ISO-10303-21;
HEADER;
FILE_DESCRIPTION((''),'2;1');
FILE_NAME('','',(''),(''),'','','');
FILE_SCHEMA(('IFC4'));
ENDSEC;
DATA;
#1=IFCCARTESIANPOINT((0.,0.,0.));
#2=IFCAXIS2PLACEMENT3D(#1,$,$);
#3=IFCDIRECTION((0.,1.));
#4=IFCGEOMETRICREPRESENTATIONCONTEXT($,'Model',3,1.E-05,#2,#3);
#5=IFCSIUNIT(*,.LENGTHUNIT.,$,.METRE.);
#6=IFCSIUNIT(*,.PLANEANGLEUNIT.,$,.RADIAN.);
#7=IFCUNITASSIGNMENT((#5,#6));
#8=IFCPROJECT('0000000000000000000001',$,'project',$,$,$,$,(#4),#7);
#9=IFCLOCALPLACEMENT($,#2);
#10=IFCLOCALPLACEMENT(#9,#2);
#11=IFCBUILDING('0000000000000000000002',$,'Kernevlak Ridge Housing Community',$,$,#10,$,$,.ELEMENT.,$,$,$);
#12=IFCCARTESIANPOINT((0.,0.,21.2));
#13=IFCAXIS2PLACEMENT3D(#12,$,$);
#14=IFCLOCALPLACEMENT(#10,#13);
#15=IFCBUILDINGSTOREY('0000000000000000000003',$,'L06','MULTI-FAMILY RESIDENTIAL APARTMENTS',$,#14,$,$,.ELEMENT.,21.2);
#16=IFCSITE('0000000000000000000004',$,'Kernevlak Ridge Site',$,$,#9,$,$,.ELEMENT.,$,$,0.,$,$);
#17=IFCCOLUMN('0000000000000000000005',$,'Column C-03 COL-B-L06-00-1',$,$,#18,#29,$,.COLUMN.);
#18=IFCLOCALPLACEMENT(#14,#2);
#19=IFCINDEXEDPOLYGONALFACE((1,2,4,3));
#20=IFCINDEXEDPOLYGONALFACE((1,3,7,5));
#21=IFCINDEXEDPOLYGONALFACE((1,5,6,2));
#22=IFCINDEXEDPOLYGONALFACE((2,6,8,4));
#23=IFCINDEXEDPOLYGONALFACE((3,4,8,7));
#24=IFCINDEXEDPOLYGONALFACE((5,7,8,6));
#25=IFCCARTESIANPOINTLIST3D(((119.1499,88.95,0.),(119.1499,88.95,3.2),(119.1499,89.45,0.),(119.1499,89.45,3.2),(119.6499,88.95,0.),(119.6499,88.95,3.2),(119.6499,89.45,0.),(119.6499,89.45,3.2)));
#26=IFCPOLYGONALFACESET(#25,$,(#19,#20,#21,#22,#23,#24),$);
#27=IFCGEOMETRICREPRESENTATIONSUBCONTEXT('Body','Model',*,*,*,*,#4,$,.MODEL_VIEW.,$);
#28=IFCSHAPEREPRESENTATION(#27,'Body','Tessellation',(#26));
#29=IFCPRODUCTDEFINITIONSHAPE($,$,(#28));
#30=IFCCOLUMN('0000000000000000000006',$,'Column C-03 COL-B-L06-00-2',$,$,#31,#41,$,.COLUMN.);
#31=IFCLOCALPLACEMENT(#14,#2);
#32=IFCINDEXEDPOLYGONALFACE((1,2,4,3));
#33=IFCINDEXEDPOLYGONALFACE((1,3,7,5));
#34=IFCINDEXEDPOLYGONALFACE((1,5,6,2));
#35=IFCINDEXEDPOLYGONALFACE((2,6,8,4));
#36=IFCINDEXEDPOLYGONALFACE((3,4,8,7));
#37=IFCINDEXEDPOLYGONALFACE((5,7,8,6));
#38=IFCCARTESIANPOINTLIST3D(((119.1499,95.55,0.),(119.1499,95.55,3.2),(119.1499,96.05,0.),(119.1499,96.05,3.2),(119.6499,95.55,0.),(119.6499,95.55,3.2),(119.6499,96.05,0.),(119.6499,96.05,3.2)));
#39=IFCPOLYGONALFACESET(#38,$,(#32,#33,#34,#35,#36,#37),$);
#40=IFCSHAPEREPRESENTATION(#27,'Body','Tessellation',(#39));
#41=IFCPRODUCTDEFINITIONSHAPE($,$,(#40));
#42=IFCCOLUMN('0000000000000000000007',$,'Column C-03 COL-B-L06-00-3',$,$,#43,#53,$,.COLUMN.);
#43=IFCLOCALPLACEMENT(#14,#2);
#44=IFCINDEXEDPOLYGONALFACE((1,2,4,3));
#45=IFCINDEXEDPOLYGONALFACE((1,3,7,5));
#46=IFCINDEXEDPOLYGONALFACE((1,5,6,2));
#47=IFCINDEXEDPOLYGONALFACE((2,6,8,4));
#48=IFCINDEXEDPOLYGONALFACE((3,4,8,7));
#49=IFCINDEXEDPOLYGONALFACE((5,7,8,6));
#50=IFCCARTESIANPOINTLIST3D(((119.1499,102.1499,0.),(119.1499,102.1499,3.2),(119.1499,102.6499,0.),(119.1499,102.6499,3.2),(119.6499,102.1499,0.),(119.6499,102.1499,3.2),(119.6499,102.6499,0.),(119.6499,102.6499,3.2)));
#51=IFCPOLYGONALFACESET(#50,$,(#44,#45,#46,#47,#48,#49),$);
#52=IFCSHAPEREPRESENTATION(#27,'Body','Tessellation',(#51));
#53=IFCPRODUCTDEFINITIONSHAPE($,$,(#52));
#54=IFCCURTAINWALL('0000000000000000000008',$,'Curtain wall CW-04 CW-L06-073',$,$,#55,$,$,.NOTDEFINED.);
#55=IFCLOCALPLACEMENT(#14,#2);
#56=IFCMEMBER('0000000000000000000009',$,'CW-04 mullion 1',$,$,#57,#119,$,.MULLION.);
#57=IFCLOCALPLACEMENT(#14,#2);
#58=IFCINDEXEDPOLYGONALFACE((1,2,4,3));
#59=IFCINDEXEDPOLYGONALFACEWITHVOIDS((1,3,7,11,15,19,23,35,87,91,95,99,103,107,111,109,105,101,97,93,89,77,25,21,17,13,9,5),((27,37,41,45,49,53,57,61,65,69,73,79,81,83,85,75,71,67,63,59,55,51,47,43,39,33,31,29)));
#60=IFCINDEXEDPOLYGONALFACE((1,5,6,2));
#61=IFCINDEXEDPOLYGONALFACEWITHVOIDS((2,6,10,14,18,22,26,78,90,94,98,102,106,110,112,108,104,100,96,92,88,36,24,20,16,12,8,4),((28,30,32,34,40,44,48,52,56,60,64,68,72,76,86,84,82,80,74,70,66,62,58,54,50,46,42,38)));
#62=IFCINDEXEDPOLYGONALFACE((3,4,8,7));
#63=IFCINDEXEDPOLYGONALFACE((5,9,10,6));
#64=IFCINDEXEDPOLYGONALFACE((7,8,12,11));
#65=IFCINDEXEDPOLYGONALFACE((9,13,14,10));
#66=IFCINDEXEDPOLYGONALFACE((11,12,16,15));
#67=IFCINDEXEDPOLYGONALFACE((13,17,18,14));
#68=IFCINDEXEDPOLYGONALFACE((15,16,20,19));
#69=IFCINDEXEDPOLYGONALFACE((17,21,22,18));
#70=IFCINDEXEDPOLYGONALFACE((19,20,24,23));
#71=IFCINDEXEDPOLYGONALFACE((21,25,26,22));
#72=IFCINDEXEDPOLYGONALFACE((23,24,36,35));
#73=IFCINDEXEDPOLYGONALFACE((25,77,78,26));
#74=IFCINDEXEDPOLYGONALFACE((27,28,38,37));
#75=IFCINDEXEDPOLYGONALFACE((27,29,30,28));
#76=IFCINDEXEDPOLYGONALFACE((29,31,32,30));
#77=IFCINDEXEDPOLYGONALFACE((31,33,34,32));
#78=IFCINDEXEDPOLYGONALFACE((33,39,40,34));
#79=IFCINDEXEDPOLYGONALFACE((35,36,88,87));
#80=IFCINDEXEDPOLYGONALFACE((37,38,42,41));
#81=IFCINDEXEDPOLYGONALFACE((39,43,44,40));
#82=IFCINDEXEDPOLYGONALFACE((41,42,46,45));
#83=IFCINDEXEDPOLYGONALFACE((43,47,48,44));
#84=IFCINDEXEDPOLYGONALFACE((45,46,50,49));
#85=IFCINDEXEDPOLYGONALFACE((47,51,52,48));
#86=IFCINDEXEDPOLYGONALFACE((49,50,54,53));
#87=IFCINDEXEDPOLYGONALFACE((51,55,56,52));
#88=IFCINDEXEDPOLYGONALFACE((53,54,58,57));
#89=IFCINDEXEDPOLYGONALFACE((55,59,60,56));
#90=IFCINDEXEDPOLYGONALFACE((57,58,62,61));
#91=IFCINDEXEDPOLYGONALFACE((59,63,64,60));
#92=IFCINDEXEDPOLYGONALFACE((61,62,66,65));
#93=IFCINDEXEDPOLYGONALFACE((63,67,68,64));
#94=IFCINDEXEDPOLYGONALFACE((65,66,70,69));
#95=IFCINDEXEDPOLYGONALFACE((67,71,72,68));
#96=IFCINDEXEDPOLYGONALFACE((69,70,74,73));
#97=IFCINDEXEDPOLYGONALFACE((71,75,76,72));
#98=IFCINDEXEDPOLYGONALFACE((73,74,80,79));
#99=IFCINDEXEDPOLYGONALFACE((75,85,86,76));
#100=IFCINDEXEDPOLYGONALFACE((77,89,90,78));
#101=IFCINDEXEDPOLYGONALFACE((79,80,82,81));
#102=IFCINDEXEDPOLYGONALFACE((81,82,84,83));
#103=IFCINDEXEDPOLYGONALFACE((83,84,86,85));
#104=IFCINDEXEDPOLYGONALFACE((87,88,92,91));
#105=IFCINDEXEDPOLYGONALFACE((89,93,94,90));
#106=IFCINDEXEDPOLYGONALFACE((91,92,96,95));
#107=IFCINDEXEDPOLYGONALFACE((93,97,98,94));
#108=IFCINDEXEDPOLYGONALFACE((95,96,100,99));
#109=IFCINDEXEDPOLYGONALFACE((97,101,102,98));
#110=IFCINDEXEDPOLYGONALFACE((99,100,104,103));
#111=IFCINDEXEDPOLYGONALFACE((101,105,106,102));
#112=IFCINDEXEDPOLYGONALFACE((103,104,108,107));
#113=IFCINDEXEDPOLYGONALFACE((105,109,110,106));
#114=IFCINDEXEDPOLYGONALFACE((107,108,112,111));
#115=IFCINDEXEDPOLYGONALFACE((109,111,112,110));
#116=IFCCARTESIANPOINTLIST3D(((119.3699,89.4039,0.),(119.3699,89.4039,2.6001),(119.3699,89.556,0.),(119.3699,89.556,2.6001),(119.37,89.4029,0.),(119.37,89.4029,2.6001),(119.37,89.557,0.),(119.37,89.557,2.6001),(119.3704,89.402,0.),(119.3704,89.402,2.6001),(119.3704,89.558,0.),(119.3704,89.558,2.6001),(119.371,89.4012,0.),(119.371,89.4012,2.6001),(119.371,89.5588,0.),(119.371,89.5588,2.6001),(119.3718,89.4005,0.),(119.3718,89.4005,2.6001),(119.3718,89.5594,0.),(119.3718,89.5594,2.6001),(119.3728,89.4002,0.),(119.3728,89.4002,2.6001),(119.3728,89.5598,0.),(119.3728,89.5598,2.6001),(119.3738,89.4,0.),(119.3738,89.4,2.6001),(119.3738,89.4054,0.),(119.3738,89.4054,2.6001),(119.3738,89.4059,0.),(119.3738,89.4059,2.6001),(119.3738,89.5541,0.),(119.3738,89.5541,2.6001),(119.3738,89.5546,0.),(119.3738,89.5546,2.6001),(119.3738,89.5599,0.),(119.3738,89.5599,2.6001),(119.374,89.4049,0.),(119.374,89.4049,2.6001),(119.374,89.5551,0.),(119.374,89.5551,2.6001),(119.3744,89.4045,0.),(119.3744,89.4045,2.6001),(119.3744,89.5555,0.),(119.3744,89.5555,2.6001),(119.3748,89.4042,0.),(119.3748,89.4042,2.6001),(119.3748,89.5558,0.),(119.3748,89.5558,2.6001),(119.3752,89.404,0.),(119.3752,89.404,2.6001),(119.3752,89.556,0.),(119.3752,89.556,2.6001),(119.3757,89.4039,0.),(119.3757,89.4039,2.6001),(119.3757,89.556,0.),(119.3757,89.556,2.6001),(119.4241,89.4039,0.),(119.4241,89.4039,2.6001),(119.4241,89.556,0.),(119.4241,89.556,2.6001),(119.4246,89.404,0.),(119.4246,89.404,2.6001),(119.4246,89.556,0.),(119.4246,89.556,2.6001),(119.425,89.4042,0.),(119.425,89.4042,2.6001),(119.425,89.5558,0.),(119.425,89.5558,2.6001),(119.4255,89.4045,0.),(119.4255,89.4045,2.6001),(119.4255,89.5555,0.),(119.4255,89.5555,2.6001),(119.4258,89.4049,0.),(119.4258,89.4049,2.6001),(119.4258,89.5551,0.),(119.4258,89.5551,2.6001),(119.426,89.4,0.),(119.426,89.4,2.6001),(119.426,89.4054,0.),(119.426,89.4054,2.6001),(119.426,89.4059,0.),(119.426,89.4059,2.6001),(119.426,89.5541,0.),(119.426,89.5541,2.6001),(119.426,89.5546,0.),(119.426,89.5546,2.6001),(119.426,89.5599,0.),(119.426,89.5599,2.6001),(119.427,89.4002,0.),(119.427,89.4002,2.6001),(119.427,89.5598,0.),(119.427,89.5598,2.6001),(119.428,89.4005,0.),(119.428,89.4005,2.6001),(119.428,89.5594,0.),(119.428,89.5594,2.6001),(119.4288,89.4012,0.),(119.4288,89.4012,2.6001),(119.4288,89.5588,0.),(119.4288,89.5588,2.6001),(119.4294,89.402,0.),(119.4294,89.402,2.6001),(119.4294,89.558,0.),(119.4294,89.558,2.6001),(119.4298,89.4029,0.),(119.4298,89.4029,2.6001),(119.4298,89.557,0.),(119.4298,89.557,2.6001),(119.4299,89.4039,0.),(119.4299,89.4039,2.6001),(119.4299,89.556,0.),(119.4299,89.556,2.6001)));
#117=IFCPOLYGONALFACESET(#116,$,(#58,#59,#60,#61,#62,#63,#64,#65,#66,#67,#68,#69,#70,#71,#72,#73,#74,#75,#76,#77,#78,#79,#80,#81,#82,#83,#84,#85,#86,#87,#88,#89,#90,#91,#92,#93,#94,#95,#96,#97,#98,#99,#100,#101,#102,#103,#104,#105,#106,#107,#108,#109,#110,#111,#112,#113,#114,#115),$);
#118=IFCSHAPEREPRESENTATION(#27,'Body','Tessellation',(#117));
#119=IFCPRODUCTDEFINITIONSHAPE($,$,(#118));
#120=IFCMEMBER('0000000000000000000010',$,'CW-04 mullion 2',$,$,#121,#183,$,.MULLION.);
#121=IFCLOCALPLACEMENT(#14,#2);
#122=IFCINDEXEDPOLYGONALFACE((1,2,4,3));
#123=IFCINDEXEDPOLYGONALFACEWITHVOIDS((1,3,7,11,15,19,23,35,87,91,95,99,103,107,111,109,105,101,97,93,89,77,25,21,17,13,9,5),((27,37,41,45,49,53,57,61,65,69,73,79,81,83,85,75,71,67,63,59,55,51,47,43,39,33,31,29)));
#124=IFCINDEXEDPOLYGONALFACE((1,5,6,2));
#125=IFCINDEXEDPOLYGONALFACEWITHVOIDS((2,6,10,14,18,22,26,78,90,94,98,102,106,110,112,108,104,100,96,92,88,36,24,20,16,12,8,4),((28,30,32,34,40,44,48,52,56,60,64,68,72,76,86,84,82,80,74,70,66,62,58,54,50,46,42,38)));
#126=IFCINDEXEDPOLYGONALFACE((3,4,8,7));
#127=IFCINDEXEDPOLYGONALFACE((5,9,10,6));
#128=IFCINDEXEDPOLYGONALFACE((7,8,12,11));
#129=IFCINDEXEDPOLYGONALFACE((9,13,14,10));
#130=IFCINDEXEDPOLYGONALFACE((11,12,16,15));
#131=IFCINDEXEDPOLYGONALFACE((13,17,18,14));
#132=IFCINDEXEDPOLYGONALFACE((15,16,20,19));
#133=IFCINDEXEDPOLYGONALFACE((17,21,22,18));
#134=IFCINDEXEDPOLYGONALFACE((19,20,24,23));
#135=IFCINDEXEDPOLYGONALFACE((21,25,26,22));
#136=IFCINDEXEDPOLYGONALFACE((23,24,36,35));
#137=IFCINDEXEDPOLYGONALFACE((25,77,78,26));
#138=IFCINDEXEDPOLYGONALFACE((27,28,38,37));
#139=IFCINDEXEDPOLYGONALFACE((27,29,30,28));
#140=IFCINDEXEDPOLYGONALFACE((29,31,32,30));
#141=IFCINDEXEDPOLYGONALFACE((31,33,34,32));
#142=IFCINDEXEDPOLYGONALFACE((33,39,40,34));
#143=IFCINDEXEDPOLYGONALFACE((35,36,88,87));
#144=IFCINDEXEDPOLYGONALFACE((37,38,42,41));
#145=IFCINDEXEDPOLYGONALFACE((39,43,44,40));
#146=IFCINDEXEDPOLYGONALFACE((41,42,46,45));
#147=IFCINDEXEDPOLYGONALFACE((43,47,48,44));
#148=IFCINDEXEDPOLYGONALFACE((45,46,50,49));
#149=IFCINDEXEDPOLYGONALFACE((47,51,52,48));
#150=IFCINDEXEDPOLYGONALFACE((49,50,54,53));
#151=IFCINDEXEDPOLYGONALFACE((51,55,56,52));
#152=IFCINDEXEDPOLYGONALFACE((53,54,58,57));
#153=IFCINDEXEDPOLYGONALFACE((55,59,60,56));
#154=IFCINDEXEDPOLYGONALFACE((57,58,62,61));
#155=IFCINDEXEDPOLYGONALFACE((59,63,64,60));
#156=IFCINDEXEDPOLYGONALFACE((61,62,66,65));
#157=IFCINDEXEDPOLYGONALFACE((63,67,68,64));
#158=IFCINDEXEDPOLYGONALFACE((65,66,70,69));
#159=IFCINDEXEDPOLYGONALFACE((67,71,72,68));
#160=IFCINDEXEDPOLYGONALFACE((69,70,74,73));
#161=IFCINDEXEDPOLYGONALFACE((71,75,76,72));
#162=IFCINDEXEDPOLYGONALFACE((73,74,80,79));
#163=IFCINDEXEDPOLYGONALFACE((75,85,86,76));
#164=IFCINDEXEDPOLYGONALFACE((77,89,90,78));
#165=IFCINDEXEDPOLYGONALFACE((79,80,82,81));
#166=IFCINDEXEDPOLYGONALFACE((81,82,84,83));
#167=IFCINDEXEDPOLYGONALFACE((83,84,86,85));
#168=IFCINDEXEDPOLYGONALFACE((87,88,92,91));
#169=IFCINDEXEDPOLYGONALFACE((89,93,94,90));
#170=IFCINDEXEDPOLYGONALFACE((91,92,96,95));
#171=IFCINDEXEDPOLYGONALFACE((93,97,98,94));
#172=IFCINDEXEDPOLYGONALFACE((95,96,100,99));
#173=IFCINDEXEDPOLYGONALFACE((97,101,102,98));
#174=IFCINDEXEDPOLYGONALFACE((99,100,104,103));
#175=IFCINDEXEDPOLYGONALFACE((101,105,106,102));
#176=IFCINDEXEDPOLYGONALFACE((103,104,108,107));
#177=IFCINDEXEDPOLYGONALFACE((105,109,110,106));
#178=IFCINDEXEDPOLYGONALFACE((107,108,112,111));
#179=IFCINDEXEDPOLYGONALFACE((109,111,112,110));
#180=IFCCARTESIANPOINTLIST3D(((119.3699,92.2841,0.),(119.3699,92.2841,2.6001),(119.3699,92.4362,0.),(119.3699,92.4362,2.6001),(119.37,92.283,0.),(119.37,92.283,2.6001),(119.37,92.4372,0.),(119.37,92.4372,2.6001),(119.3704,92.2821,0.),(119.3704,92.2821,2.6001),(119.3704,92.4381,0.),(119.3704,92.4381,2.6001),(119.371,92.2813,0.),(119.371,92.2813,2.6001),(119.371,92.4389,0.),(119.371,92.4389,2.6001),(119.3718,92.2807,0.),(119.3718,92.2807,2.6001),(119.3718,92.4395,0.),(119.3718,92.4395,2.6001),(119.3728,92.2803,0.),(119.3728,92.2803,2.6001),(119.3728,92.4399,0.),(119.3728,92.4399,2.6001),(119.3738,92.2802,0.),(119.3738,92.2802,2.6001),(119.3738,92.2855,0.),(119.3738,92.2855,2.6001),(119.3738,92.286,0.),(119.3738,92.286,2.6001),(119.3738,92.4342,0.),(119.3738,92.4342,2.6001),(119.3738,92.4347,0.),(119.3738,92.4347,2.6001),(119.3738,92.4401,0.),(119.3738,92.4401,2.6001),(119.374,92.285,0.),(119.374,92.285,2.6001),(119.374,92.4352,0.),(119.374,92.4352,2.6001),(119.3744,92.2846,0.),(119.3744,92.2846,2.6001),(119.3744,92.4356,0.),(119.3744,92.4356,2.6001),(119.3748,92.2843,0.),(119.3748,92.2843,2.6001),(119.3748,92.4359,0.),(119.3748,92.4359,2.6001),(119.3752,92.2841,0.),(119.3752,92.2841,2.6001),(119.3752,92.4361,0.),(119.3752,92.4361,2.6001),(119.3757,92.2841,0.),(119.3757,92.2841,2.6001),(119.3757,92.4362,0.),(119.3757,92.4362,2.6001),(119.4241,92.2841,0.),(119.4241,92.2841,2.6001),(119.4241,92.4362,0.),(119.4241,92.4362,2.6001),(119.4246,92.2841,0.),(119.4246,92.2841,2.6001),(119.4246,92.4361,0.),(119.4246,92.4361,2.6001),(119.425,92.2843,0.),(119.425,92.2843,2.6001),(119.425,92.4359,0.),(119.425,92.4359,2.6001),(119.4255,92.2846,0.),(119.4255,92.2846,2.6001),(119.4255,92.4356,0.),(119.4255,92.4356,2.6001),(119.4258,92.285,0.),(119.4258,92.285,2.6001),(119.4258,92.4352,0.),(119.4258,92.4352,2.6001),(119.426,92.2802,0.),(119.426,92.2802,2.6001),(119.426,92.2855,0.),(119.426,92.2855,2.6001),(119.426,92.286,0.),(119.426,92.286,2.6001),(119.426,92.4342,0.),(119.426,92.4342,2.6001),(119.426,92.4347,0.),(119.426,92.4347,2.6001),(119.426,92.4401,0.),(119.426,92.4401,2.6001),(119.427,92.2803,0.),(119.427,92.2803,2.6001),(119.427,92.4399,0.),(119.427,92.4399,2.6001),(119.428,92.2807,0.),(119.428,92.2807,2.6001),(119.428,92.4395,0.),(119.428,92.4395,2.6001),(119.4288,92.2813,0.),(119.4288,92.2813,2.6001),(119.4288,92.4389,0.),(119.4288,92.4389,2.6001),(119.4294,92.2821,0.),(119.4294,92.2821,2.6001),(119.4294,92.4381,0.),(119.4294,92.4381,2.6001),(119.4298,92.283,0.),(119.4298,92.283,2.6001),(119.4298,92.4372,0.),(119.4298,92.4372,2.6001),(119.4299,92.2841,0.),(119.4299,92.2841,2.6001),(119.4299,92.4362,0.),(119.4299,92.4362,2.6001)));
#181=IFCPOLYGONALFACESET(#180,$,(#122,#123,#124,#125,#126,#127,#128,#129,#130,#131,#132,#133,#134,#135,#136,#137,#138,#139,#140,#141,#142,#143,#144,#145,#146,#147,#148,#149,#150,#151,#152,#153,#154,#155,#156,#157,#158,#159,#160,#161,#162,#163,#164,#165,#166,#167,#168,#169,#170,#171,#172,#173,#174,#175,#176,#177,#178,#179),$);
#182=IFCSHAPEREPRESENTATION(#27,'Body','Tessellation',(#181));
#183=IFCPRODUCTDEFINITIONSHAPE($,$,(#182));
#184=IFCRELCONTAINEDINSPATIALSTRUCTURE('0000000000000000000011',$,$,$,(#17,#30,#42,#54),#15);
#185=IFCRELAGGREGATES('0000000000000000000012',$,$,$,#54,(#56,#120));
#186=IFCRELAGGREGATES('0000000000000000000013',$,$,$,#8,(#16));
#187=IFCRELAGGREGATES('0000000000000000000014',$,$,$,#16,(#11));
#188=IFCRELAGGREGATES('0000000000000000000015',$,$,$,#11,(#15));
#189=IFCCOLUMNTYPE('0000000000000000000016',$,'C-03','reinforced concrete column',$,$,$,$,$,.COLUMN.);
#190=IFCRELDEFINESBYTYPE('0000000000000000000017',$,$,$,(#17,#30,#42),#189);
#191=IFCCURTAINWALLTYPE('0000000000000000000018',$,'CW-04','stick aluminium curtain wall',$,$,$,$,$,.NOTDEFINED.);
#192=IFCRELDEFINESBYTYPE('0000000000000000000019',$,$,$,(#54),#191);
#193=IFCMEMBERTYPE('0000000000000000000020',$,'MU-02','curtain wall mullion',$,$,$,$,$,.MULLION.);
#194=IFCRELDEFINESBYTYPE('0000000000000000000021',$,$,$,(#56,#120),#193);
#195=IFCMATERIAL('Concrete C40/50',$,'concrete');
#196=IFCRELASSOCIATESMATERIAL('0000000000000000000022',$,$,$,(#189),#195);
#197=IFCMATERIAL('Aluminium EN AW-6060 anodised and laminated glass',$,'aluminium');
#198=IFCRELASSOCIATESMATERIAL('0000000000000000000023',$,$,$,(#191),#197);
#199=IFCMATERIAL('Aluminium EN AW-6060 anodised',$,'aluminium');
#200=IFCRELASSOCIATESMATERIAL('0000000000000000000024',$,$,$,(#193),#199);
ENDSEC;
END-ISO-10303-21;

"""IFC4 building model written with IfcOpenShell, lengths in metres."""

from ifc_helpers import new_model, si_unit, direction, frame, origin, origin_2d, place, context, subcontext, project, spatial, rectangle, hollow_rectangle, extrude, material, material_profile, profile_set, type_object, element, aggregate, save


model = new_model("IFC4")

# Units and contexts
model_context = context("Model", 3, precision=1e-05, world=origin(), true_north=direction((0.0, 1.0)))
body_context = subcontext(model_context, "Body", "Model", "MODEL_VIEW")
ifc_project = project(units=[si_unit("LENGTHUNIT", "METRE"), si_unit("PLANEANGLEUNIT", "RADIAN")], contexts=[model_context])

# Site, building, storey
site_placement = place(None, origin())
site = spatial("IfcSite", under=ifc_project, at=site_placement, Name="Kernevlak Ridge Site", CompositionType="ELEMENT", RefElevation=0.0)
building_placement = place(site_placement, origin())
building = spatial("IfcBuilding", under=site, at=building_placement, Name="Kernevlak Ridge Housing Community", CompositionType="ELEMENT")
storey_placement = place(building_placement, frame((0.0, 0.0, 21.2)))
storey = spatial("IfcBuildingStorey", under=building, at=storey_placement, Name="L06", Description="MULTI-FAMILY RESIDENTIAL APARTMENTS", CompositionType="ELEMENT", Elevation=21.2)

# Columns
ifc_material_1 = material(Name="Concrete C40/50", Category="concrete")
ifc_material_profile_1 = material_profile(ifc_material_1, rectangle(XDim=0.5, YDim=0.5, at=origin_2d()), Name="RC 500x500")
ifc_profile_set_1 = profile_set([ifc_material_profile_1], Name="Concrete C40/50")
column_type = type_object("IfcColumnType", Name="C-03", Description="reinforced concrete column", PredefinedType="COLUMN", material=ifc_profile_set_1)
for number, where, z_axis, x_axis, name in (
    (1, (119.3999, 89.2, 0.0), (0.0, 0.0, 1.0), (1.0, 0.0, 0.0), "Column C-03 COL-B-L06-00-1"),
    (2, (119.3999, 95.8, 0.0), (0.0, 0.0, 1.0), (1.0, 0.0, 0.0), "Column C-03 COL-B-L06-00-2"),
    (3, (119.3999, 102.3999, 0.0), (0.0, 0.0, 1.0), (1.0, 0.0, 0.0), "Column C-03 COL-B-L06-00-3"),
):
    element("IfcColumn", number, at=place(storey_placement, frame(where, z_axis=z_axis, x_axis=x_axis)), inside=storey, type_object=column_type, Name=name, PredefinedType="COLUMN", context=body_context, shape_type="SweptSolid", body=[
        extrude(rectangle(XDim=0.5, YDim=0.5, at=origin_2d()), origin(), (0.0, 0.0, 1.0), 3.2),
    ])

# Curtain wall, members
ifc_material_2 = material(Name="Aluminium EN AW-6060 anodised and laminated glass", Category="aluminium")
curtain_wall_type_1 = type_object("IfcCurtainWallType", Name="CW-04", Description="stick aluminium curtain wall", PredefinedType="NOTDEFINED", material=ifc_material_2)
curtain_wall_1_placement = place(storey_placement, origin())
curtain_wall_1 = element("IfcCurtainWall", 4, at=curtain_wall_1_placement, inside=storey, type_object=curtain_wall_type_1, Name="Curtain wall CW-04 CW-L06-073", PredefinedType="NOTDEFINED")
ifc_material_3 = material(Name="Aluminium EN AW-6060 anodised", Category="aluminium")
ifc_material_profile_2 = material_profile(ifc_material_3, hollow_rectangle(XDim=0.0601, YDim=0.1599, WallThickness=0.0039, InnerFilletRadius=0.002, OuterFilletRadius=0.0039, at=origin_2d()), Name="ALU 60x160x4")
ifc_profile_set_2 = profile_set([ifc_material_profile_2], Name="Aluminium EN AW-6060 anodised")
member_type_1 = type_object("IfcMemberType", Name="MU-02", Description="curtain wall mullion", PredefinedType="MULLION", material=ifc_profile_set_2)
member_1_placement = place(storey_placement, frame((119.3999, 89.48, 0.0), z_axis=(0.0, 0.0, 1.0), x_axis=(-1.0, 0.0, 0.0)))
member_1 = element("IfcMember", 5, at=member_1_placement, type_object=member_type_1, Name="CW-04 mullion 1", PredefinedType="MULLION", context=body_context, shape_type="SweptSolid", body=[
    extrude(hollow_rectangle(XDim=0.0601, YDim=0.1599, WallThickness=0.0039, InnerFilletRadius=0.002, OuterFilletRadius=0.0039, at=origin_2d()), origin(), (0.0, 0.0, 1.0), 2.6001),
])
member_2_placement = place(storey_placement, frame((119.3999, 92.3601, 0.0), z_axis=(0.0, 0.0, 1.0), x_axis=(-1.0, 0.0, 0.0)))
member_2 = element("IfcMember", 6, at=member_2_placement, type_object=member_type_1, Name="CW-04 mullion 2", PredefinedType="MULLION", context=body_context, shape_type="SweptSolid", body=[
    extrude(hollow_rectangle(XDim=0.0601, YDim=0.1599, WallThickness=0.0039, InnerFilletRadius=0.002, OuterFilletRadius=0.0039, at=origin_2d()), origin(), (0.0, 0.0, 1.0), 2.6001),
])

aggregate(curtain_wall_1, [member_1, member_2])

save(model, "model.ifc")
